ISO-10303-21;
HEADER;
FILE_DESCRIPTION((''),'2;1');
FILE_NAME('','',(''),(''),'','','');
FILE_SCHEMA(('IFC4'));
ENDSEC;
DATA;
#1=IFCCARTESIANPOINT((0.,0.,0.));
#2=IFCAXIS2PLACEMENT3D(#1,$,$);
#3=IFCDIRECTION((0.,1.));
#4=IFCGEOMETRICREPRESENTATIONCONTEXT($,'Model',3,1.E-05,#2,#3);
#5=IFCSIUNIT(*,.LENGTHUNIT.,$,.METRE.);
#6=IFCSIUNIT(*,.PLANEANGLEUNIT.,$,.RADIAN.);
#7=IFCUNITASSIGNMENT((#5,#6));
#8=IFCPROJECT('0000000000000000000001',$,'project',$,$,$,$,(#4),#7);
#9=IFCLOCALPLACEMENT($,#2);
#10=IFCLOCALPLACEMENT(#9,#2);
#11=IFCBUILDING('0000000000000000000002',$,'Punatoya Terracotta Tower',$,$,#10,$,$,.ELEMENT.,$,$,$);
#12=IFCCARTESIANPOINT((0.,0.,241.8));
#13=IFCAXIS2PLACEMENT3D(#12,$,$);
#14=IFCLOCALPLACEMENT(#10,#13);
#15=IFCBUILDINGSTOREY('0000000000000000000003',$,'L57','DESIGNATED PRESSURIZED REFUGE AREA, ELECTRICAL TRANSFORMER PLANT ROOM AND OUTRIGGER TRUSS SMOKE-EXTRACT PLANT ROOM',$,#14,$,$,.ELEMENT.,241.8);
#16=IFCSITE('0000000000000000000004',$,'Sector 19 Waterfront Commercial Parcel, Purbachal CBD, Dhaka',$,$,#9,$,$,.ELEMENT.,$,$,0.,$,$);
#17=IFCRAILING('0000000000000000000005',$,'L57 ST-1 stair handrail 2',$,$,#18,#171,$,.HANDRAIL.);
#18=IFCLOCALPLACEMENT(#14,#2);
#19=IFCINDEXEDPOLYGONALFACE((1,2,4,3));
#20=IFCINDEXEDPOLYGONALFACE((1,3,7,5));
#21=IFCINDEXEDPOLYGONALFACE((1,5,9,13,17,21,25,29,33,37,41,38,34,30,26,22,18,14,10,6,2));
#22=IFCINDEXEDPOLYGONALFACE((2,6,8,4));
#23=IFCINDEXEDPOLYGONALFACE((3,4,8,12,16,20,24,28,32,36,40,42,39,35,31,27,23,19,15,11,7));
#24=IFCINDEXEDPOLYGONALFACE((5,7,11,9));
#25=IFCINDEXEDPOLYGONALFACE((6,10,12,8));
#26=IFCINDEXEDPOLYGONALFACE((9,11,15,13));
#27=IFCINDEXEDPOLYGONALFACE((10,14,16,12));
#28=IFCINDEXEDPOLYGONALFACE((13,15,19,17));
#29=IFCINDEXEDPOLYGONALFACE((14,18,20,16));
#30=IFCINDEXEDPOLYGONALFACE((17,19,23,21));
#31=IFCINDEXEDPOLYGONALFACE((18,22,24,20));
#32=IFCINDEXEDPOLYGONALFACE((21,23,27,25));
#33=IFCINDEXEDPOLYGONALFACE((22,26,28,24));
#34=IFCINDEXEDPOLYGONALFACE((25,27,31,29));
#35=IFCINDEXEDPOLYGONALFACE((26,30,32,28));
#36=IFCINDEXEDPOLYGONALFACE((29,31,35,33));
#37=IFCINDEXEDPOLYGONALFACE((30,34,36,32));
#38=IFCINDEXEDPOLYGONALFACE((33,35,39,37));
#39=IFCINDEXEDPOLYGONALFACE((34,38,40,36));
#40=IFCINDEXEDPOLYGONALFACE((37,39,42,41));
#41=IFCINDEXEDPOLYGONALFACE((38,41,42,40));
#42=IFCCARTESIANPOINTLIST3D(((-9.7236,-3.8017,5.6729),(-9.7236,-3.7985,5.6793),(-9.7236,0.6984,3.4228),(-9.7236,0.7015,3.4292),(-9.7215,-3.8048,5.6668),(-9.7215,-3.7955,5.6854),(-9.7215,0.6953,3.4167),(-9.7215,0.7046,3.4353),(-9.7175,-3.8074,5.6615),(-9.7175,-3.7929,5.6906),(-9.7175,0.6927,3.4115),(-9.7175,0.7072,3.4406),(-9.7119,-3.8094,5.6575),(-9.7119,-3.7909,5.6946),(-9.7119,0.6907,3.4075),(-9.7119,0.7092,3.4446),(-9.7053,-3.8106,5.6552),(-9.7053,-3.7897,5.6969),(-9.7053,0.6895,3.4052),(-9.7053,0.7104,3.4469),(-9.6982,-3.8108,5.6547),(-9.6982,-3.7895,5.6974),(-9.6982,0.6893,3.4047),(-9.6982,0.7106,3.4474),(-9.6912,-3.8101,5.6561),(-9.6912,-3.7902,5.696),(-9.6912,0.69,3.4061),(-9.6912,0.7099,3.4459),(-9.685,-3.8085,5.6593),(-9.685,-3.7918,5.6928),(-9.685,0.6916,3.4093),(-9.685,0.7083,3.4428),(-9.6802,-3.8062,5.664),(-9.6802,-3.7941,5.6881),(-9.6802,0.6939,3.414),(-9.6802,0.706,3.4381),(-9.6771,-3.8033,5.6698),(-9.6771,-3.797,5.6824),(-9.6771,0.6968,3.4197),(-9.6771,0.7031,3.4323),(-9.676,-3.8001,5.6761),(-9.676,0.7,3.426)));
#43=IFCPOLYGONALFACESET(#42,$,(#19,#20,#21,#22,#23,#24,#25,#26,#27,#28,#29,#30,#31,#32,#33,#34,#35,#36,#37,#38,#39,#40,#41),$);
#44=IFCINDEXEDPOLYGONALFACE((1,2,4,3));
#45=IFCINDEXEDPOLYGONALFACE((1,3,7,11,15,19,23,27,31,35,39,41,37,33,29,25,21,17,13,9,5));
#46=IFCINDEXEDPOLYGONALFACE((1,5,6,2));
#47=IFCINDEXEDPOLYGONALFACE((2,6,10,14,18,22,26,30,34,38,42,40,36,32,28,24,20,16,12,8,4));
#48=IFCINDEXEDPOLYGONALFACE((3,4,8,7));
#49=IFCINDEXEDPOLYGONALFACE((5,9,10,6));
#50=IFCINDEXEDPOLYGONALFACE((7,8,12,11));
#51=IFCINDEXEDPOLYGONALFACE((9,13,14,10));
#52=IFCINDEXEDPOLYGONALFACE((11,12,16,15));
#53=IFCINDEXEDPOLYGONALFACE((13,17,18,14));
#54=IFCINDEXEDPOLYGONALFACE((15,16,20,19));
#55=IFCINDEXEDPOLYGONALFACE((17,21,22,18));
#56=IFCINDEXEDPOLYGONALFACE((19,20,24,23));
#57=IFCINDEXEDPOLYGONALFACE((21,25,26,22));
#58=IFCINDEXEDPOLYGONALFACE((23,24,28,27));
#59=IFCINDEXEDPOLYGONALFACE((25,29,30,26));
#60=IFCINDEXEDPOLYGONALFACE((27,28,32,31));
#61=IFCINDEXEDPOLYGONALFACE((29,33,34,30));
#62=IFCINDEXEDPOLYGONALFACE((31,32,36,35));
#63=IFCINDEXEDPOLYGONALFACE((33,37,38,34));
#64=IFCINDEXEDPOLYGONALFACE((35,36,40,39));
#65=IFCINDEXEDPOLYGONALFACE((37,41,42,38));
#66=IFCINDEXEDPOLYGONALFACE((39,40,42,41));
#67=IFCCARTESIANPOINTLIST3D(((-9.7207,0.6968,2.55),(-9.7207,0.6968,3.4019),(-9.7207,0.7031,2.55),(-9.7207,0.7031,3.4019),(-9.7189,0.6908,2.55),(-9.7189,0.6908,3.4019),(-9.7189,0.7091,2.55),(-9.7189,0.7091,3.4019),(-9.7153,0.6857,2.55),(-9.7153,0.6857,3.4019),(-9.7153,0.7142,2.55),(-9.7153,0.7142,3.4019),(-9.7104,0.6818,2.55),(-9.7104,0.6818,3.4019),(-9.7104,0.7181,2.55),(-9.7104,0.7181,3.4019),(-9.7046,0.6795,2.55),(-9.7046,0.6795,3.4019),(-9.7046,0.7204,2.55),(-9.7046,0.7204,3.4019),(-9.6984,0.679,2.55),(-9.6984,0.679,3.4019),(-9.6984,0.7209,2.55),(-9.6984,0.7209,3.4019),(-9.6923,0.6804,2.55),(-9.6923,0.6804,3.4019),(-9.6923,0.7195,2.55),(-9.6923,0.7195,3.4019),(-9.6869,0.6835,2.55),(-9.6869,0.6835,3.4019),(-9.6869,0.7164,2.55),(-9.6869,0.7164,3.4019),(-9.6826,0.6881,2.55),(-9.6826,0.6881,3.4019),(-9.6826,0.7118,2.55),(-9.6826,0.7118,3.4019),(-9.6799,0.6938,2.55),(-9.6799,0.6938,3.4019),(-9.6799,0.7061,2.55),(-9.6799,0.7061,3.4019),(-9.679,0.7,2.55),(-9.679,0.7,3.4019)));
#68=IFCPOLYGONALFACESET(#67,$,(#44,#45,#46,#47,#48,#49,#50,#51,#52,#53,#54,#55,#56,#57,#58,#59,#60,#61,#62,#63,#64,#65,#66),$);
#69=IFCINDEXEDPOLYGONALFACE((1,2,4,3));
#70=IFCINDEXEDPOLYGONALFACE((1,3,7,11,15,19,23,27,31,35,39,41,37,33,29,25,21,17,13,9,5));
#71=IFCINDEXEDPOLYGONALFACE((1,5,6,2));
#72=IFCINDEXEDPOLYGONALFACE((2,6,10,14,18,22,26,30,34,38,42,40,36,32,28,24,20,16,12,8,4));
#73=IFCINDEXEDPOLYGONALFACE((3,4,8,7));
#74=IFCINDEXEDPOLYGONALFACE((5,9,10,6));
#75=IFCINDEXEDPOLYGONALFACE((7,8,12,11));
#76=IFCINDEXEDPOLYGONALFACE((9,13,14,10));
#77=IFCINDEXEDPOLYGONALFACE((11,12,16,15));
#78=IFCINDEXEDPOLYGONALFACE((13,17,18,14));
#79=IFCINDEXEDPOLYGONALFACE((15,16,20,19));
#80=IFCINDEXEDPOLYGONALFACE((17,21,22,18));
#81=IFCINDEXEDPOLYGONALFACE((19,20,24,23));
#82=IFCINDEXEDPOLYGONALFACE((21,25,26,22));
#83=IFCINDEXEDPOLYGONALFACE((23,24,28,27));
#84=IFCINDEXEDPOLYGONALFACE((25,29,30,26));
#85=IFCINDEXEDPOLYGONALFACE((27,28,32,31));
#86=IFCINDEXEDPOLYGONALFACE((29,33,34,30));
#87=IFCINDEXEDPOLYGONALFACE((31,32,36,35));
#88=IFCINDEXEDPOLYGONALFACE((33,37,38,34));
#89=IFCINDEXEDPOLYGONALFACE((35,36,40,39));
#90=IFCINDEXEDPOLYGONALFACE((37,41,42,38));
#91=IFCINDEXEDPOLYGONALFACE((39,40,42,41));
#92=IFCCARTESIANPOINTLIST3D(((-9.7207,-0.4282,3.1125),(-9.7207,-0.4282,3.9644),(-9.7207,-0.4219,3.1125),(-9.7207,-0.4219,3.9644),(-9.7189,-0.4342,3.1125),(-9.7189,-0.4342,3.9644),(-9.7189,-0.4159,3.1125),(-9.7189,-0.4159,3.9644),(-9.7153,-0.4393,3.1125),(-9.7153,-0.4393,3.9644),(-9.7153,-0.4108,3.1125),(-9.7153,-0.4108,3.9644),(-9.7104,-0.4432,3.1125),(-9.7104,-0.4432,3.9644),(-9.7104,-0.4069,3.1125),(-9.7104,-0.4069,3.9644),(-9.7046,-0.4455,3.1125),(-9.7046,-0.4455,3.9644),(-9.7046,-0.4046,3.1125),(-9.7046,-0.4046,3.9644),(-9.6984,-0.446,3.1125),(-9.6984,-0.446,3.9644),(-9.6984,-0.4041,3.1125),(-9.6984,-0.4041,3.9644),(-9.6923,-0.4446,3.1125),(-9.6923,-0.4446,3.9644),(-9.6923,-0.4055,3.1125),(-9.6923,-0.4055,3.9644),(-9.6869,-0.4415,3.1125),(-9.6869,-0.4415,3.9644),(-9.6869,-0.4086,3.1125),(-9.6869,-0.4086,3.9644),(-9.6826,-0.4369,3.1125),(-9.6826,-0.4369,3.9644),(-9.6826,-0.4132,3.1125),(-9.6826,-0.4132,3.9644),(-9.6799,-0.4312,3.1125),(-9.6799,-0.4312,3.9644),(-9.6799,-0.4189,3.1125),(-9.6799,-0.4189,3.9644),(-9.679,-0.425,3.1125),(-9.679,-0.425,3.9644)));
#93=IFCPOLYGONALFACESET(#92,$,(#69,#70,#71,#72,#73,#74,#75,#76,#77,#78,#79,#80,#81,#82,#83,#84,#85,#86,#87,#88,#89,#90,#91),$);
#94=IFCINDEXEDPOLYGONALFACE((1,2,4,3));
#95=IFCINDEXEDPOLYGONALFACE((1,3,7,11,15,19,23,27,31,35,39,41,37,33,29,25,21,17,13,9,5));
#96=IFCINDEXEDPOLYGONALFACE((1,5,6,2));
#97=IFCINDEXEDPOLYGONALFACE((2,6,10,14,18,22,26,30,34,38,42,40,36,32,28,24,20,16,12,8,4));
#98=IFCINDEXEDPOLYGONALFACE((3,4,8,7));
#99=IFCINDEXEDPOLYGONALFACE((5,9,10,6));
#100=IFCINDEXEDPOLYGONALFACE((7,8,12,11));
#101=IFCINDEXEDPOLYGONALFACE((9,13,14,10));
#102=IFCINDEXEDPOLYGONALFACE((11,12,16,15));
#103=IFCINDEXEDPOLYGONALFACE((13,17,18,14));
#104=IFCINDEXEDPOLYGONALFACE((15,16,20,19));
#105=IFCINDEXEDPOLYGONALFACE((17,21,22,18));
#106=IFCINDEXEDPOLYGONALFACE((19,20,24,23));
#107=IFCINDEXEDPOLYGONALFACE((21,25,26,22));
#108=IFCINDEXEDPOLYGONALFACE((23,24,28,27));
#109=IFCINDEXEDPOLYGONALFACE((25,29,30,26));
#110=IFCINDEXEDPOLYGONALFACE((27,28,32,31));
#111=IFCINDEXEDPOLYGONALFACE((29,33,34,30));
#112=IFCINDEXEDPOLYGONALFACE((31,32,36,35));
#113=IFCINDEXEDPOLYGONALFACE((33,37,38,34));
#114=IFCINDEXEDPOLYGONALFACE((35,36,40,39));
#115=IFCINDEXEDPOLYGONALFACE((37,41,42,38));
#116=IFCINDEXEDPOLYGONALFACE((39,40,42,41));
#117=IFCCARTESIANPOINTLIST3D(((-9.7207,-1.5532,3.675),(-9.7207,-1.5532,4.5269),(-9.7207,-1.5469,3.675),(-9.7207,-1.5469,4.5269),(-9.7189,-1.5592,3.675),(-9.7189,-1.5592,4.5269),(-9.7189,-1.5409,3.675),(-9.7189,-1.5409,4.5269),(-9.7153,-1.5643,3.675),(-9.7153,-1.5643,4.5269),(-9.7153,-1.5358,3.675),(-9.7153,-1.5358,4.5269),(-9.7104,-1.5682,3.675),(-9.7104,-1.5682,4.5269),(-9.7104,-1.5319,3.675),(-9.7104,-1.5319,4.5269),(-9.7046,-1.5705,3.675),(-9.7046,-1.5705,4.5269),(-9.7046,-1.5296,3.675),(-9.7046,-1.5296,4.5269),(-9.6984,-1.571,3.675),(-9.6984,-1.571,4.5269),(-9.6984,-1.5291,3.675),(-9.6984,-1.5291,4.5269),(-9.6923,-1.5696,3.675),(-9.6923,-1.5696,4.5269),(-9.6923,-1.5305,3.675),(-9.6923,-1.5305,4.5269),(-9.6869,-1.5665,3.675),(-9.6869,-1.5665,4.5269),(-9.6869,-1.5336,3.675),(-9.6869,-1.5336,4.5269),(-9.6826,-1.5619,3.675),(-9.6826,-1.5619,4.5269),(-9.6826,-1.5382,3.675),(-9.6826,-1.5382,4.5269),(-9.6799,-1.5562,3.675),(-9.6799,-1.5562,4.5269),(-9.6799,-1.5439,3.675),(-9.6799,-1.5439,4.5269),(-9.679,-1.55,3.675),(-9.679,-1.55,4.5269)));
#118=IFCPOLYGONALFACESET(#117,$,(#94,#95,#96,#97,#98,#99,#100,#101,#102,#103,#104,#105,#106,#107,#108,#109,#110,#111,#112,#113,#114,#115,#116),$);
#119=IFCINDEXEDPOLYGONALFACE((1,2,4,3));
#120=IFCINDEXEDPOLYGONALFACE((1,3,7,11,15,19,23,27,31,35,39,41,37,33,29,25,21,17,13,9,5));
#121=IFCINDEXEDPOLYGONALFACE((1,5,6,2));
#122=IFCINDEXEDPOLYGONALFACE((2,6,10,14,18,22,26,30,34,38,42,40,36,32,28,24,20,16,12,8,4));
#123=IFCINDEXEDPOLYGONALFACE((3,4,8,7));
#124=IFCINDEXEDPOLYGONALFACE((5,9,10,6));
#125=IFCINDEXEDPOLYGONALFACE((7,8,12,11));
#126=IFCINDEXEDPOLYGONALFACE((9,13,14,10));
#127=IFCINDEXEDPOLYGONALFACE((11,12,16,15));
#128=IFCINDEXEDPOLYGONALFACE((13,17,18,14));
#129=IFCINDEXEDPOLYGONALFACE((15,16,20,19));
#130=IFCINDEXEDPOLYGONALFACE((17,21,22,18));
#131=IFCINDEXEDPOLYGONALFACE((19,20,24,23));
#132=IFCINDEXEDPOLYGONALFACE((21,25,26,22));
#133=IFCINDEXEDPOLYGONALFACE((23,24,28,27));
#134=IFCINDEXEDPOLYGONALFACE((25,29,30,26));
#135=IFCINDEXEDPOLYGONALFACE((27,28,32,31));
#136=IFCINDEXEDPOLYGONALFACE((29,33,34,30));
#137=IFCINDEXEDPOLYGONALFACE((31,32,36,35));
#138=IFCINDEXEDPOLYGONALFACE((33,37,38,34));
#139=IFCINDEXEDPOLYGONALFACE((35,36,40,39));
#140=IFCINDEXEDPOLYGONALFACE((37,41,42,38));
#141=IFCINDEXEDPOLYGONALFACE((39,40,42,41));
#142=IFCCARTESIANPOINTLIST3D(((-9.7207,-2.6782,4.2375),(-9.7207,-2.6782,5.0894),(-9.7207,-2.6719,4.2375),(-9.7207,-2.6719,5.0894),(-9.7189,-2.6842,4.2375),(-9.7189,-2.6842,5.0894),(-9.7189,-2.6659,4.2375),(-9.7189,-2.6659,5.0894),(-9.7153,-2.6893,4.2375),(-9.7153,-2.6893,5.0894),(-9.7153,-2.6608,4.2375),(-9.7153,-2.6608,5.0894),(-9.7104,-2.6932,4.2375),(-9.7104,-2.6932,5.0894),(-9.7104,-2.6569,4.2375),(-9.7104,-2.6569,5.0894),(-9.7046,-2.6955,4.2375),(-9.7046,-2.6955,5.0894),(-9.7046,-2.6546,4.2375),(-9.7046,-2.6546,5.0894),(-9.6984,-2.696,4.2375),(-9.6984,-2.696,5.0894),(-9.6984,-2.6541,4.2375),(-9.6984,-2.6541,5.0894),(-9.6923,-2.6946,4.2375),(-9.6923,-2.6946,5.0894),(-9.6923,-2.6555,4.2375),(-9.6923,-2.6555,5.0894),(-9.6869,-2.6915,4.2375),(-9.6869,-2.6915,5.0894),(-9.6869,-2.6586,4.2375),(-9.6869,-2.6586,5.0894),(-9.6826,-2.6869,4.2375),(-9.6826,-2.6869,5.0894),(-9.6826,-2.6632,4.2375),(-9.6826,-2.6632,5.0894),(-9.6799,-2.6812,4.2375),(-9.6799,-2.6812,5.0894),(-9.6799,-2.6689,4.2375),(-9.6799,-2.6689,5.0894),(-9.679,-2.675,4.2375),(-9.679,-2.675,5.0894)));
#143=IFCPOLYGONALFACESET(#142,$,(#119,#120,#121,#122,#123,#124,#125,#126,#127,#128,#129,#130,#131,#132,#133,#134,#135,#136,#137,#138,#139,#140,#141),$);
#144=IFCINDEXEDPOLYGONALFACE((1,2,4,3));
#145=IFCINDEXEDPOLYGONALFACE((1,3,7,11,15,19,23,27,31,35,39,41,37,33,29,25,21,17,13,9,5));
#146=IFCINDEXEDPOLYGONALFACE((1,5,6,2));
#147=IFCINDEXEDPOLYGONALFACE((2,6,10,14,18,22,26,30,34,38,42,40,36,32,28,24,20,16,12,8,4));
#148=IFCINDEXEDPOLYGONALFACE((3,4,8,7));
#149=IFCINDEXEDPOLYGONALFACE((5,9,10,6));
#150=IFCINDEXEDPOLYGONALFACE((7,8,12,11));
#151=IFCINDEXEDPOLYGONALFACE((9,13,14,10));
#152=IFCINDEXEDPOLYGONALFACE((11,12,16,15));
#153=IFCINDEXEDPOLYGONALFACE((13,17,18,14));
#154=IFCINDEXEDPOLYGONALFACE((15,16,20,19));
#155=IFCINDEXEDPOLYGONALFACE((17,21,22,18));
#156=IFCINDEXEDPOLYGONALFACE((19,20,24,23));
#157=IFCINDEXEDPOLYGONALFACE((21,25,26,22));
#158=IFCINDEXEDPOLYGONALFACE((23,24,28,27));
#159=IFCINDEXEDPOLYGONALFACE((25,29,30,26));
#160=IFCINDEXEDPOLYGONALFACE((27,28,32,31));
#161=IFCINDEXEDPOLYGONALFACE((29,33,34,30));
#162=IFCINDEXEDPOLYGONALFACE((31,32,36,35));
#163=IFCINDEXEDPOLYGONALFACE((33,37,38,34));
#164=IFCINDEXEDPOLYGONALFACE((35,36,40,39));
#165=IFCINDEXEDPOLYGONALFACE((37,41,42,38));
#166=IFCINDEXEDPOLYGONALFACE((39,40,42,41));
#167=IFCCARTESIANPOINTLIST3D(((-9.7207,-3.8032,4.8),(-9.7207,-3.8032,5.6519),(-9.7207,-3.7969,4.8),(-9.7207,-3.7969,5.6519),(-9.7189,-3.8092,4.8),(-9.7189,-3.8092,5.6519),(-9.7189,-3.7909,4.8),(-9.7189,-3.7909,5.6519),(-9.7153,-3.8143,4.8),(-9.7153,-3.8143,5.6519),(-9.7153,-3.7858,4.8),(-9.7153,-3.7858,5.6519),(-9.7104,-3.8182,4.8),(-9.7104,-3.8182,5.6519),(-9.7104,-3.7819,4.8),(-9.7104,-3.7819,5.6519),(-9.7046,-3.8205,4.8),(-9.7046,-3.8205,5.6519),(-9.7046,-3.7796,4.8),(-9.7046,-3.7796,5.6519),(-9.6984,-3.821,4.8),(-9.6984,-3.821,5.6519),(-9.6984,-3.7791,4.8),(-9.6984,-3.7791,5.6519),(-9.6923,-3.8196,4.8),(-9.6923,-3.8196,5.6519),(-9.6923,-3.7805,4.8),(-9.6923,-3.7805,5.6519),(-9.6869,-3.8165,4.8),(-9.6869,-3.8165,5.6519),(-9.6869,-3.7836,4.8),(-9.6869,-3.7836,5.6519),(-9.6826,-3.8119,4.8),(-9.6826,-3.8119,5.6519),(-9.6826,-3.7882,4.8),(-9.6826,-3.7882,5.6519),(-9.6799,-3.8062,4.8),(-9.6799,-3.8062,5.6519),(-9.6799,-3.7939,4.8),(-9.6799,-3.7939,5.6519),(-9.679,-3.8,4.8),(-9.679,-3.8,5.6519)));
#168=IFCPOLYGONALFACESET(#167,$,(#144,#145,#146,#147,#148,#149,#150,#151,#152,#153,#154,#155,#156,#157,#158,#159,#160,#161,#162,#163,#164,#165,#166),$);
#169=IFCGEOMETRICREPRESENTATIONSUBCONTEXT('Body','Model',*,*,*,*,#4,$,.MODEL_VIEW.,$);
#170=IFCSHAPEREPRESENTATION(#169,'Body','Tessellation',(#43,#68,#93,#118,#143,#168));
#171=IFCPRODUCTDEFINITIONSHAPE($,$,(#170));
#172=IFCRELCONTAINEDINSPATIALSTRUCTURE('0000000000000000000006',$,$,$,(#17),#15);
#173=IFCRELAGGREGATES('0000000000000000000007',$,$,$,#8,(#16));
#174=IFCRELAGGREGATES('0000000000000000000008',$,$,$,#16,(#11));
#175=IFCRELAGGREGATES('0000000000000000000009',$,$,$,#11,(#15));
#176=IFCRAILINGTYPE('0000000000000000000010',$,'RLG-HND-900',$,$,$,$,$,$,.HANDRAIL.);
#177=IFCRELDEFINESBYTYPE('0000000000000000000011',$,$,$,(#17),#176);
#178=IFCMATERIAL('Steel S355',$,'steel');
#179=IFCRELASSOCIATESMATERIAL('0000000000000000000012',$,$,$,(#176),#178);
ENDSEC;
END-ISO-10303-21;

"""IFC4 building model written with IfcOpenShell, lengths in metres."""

from ifc_helpers import new_model, si_unit, direction, frame, origin, origin_2d, place, context, subcontext, project, spatial, circle, extrude, material, type_object, element, save


model = new_model("IFC4")

# Units and contexts
model_context = context("Model", 3, precision=1e-05, world=origin(), true_north=direction((0.0, 1.0)))
body_context = subcontext(model_context, "Body", "Model", "MODEL_VIEW")
ifc_project = project(units=[si_unit("LENGTHUNIT", "METRE"), si_unit("PLANEANGLEUNIT", "RADIAN")], contexts=[model_context])

# Site, building, storey
site_placement = place(None, origin())
site = spatial("IfcSite", under=ifc_project, at=site_placement, Name="Sector 19 Waterfront Commercial Parcel, Purbachal CBD, Dhaka", CompositionType="ELEMENT", RefElevation=0.0)
building_placement = place(site_placement, origin())
building = spatial("IfcBuilding", under=site, at=building_placement, Name="Punatoya Terracotta Tower", CompositionType="ELEMENT")
storey_placement = place(building_placement, frame((0.0, 0.0, 241.8)))
storey = spatial("IfcBuildingStorey", under=building, at=storey_placement, Name="L57", Description="DESIGNATED PRESSURIZED REFUGE AREA, ELECTRICAL TRANSFORMER PLANT ROOM AND OUTRIGGER TRUSS SMOKE-EXTRACT PLANT ROOM", CompositionType="ELEMENT", Elevation=241.8)

# Shared definitions
ifc_material_1 = material(Name="Steel S355", Category="steel")

# Railing
railing_type_1 = type_object("IfcRailingType", Name="RLG-HND-900", PredefinedType="HANDRAIL", material=ifc_material_1)
railing_1_placement = place(storey_placement, frame((-9.7, 0.7, 2.55)))
element("IfcRailing", 1, at=railing_1_placement, inside=storey, type_object=railing_type_1, Name="L57 ST-1 stair handrail 2", PredefinedType="HANDRAIL", context=body_context, shape_type="SweptSolid", body=[
    extrude(circle(Radius=0.0239, at=origin_2d()), frame((0.0, 0.0, 0.876), z_axis=(0.0, -0.894427, 0.447214), x_axis=(1.0, 0.0, 0.0)), (0.0, 0.0, 1.0), 5.0312),
    extrude(circle(Radius=0.021, at=origin_2d()), origin(), (0.0, 0.0, 1.0), 0.8518),
    extrude(circle(Radius=0.021, at=origin_2d()), frame((0.0, -1.125, 0.5625)), (0.0, 0.0, 1.0), 0.8518),
    extrude(circle(Radius=0.021, at=origin_2d()), frame((0.0, -2.25, 1.125)), (0.0, 0.0, 1.0), 0.8518),
    extrude(circle(Radius=0.021, at=origin_2d()), frame((0.0, -3.375, 1.6875)), (0.0, 0.0, 1.0), 0.8518),
    extrude(circle(Radius=0.021, at=origin_2d()), frame((0.0, -4.5, 2.25)), (0.0, 0.0, 1.0), 0.8518),
])

save(model, "model.ifc")
